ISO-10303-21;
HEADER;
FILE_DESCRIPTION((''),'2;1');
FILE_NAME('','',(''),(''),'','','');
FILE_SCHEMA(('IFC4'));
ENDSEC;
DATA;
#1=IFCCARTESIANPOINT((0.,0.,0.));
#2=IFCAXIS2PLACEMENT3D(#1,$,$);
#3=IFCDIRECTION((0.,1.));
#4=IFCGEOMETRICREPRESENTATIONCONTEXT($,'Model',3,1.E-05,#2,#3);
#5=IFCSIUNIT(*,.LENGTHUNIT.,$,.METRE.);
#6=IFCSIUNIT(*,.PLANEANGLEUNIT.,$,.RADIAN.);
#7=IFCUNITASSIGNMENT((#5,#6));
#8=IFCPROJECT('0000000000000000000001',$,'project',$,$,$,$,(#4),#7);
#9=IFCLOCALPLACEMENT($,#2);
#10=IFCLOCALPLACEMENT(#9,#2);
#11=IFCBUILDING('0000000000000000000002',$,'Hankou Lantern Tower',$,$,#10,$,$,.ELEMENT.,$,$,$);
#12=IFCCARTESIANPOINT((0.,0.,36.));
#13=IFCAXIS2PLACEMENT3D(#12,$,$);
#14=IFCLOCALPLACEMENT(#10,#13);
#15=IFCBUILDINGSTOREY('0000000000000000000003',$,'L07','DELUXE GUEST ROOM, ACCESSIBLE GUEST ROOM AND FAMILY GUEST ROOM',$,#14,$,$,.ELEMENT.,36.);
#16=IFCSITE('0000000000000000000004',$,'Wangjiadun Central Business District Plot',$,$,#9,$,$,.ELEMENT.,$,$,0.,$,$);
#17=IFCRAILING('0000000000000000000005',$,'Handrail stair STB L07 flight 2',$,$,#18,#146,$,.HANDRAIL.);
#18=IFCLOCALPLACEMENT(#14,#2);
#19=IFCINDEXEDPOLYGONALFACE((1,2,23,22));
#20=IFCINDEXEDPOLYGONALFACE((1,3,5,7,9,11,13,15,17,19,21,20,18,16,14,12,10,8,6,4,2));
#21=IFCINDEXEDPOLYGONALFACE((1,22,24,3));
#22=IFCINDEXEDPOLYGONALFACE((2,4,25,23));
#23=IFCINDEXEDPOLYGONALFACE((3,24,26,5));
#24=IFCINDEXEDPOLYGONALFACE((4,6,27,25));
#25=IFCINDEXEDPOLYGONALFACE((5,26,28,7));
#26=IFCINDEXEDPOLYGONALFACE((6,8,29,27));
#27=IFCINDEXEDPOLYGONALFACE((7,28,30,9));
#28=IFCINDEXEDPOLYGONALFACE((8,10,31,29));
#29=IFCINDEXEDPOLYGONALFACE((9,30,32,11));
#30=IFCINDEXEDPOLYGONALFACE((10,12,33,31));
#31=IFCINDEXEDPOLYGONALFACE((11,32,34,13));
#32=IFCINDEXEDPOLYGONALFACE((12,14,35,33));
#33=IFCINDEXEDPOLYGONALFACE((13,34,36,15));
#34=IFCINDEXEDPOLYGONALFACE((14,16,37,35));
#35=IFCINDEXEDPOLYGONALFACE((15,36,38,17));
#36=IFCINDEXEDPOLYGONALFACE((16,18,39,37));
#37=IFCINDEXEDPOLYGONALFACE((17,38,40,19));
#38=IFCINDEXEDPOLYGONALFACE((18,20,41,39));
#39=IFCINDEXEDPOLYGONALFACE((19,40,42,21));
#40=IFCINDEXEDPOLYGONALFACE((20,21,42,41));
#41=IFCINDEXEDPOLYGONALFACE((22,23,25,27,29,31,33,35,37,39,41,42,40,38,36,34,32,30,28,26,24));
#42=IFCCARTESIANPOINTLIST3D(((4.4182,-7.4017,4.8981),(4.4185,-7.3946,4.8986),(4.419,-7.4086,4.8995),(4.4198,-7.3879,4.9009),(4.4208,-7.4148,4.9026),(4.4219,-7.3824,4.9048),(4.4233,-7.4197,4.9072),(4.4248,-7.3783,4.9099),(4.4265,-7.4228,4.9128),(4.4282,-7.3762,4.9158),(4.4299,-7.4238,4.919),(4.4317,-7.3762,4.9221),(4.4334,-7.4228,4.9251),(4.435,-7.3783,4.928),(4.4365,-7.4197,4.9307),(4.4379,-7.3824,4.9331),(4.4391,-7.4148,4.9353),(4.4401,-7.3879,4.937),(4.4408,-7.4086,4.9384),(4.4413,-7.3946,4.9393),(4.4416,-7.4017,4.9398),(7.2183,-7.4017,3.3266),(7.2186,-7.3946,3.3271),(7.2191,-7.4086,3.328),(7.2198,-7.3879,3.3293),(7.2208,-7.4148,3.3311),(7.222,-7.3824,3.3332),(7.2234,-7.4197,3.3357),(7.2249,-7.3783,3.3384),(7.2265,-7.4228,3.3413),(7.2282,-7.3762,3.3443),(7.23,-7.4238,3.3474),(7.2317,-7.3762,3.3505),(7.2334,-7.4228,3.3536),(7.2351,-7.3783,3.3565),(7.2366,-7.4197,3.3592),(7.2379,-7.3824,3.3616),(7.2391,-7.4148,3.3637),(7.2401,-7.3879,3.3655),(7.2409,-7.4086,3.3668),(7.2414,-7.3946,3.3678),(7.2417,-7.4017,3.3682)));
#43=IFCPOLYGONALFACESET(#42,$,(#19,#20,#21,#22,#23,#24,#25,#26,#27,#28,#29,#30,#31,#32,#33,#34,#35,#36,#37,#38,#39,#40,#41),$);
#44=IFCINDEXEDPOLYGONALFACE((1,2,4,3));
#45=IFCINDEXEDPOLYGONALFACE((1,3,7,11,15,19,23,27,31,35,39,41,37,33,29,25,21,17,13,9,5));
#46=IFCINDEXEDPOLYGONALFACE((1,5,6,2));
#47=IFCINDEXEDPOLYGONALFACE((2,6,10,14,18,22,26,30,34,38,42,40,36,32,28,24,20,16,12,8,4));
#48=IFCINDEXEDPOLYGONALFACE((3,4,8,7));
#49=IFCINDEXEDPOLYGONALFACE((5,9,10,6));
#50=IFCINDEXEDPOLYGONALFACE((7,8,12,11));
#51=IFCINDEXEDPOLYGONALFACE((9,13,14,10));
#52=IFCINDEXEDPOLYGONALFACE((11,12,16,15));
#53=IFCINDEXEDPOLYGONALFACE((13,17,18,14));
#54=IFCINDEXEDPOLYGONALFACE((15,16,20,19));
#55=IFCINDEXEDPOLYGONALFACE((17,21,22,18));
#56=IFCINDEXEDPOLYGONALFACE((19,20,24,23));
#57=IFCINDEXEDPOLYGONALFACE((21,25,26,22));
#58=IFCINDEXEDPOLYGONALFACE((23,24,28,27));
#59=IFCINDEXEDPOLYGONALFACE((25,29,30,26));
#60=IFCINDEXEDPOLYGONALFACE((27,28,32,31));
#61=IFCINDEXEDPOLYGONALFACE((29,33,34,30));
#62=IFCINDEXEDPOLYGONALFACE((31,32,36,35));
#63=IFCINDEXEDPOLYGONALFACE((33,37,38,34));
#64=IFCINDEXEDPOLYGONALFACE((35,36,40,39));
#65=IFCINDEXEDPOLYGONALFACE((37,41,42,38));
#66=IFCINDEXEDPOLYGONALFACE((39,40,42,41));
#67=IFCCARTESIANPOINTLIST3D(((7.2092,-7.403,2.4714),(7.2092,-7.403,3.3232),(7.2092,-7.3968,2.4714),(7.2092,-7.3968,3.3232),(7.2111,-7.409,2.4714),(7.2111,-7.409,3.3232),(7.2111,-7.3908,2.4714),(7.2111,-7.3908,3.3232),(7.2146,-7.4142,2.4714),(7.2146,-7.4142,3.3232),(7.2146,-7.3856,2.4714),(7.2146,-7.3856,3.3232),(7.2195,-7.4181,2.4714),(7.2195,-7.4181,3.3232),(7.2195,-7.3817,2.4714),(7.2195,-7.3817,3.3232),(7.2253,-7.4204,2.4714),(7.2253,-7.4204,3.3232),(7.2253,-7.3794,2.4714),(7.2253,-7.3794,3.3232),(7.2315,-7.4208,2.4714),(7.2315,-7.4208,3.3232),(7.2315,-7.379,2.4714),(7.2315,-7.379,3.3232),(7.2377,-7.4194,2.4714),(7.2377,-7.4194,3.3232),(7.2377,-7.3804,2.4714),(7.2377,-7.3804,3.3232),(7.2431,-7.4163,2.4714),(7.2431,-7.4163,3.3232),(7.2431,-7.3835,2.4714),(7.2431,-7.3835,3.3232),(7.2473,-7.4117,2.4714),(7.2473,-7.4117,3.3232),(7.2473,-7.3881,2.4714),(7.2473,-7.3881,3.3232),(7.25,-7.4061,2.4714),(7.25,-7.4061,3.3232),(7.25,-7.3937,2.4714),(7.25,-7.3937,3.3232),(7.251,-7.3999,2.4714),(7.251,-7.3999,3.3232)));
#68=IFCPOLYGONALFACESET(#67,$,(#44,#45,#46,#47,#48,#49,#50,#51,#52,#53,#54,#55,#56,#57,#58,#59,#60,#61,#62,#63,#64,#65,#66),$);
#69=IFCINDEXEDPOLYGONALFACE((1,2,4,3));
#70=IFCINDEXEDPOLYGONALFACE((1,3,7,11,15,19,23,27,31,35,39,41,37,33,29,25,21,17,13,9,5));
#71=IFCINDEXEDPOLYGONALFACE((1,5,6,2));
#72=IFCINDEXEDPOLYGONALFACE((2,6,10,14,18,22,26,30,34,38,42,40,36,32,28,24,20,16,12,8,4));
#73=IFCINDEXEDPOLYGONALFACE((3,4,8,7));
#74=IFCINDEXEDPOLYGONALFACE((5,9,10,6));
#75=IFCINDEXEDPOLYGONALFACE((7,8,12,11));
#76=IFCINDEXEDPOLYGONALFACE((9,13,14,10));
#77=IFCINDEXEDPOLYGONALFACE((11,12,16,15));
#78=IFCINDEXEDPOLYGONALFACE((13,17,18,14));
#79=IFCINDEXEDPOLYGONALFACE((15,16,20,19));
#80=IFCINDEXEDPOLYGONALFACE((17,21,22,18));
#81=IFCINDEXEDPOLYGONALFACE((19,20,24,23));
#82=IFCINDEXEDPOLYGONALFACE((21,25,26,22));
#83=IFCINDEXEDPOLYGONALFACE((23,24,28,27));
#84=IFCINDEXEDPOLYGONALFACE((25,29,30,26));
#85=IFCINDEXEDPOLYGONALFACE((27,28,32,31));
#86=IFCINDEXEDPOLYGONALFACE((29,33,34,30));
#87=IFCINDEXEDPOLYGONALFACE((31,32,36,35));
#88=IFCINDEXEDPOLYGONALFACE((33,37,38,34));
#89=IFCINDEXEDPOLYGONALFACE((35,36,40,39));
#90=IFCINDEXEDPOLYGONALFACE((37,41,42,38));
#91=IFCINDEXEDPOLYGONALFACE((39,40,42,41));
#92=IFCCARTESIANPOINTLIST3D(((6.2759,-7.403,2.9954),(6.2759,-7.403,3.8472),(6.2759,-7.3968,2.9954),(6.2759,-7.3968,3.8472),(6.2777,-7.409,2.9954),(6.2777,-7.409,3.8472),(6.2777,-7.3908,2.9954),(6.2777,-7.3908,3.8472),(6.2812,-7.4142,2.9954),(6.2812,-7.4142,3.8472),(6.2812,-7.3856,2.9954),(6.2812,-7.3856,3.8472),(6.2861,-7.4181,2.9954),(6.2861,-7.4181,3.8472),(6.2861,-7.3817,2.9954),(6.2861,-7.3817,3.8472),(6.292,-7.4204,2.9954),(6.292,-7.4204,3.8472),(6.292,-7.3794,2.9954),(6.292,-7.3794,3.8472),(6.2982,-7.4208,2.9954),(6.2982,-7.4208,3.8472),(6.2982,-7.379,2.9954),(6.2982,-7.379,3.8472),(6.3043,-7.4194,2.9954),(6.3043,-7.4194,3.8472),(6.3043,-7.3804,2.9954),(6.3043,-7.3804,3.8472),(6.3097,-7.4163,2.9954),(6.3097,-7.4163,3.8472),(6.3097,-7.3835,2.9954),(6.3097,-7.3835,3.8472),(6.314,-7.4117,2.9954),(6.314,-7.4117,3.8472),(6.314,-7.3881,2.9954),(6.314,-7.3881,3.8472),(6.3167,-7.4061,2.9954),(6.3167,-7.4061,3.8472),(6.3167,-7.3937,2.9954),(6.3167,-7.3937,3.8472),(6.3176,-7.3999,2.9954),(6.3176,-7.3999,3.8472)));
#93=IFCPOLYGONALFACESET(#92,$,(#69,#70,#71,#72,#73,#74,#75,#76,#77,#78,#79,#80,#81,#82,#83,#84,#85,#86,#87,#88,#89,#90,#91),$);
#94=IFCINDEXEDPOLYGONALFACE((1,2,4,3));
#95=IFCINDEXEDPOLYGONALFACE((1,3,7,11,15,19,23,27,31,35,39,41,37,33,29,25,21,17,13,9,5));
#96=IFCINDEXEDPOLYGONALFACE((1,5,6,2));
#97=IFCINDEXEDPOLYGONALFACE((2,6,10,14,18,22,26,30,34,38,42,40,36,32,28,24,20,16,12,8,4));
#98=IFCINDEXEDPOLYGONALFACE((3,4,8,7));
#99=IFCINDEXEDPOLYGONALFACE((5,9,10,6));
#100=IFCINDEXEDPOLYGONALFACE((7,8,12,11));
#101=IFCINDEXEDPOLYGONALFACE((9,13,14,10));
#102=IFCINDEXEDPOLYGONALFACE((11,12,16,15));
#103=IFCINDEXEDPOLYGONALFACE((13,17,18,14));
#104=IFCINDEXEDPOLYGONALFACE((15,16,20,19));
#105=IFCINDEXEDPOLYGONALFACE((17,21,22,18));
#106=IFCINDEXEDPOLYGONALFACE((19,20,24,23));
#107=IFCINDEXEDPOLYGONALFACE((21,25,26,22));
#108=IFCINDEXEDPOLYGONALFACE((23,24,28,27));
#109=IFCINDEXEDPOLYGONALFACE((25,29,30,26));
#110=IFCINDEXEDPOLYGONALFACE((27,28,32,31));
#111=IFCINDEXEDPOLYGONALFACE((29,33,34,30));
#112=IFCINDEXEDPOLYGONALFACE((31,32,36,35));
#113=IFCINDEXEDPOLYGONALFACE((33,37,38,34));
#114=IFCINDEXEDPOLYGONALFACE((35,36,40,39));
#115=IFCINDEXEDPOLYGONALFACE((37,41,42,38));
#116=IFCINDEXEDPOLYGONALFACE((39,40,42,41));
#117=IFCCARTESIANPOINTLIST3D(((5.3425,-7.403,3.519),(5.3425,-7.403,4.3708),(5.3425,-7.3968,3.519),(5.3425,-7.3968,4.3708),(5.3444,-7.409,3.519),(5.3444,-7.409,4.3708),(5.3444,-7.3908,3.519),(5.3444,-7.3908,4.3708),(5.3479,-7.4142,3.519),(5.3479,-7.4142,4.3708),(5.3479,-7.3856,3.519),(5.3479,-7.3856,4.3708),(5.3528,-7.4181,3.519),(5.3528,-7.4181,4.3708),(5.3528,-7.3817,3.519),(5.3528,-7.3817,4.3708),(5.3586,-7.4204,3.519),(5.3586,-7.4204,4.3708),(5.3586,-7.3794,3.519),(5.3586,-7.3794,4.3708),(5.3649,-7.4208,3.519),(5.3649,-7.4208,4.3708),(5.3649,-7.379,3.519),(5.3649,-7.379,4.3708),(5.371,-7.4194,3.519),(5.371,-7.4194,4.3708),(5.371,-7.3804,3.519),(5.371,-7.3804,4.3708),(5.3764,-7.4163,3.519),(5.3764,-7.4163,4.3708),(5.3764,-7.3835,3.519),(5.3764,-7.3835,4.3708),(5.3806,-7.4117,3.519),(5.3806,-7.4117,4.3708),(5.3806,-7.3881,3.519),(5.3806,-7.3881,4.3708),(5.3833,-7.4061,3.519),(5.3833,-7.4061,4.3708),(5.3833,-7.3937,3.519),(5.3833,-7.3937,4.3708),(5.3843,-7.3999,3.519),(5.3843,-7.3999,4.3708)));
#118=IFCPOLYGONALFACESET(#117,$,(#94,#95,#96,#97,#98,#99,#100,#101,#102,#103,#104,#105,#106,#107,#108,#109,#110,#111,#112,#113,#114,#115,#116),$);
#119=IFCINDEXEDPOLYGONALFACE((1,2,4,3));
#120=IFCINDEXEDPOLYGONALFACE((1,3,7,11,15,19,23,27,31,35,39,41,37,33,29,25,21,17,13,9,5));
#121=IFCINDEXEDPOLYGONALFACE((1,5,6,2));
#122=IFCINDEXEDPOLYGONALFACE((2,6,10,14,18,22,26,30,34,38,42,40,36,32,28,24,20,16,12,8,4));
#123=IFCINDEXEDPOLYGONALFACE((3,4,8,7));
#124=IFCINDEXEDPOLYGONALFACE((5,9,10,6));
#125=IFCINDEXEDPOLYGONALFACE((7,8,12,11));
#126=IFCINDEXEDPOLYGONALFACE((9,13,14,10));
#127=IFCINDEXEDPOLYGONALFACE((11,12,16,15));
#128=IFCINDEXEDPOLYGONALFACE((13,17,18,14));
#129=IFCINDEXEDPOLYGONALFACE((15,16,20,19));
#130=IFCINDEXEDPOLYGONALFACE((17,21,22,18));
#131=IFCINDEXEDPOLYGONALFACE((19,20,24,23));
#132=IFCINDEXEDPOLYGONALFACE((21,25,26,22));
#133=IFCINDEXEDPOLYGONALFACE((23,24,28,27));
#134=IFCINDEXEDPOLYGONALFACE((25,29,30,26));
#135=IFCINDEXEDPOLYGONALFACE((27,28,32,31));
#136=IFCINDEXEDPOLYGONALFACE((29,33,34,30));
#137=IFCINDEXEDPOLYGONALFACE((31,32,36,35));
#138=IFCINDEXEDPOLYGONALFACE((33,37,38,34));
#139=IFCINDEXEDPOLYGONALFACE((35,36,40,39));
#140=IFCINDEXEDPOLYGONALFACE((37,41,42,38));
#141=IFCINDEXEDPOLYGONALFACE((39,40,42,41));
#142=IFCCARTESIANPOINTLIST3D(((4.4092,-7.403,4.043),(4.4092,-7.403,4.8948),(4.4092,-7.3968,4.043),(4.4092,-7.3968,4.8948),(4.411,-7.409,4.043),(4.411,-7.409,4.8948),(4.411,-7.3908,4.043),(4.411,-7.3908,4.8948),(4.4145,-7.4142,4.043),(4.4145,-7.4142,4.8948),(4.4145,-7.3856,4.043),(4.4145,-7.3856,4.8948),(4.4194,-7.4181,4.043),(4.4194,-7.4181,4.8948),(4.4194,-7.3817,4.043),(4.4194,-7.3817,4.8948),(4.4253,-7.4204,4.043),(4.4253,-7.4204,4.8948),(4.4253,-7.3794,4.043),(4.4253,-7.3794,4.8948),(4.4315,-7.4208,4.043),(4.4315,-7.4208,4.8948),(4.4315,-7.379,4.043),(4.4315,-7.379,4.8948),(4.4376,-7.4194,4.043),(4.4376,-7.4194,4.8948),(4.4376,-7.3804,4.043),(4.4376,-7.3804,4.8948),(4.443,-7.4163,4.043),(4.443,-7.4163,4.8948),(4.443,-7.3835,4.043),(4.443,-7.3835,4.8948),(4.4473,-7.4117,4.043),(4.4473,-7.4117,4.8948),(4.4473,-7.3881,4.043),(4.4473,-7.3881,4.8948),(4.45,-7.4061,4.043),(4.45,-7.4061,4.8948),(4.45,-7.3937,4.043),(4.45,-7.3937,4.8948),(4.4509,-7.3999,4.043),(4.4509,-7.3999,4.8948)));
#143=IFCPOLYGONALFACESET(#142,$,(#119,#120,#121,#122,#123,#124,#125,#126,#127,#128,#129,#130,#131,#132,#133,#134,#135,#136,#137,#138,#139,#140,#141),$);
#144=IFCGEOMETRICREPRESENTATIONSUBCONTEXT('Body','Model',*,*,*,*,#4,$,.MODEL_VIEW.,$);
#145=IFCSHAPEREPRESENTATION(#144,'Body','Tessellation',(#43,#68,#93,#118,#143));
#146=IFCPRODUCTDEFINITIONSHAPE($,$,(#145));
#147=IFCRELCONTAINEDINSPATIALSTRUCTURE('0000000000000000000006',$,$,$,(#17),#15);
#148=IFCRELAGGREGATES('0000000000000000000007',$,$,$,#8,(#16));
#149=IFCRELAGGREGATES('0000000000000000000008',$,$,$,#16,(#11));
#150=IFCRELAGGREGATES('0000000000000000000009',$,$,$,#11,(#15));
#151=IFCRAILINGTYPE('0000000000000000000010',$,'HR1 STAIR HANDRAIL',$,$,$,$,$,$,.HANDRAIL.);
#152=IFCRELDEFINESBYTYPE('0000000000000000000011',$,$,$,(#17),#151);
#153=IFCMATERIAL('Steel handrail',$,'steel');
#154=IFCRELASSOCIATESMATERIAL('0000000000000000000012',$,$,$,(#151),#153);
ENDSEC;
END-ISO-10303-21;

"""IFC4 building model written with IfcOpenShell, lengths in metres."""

from ifc_helpers import new_model, si_unit, direction, frame, origin, origin_2d, place, context, subcontext, project, spatial, circle, extrude, material, type_object, element, save


model = new_model("IFC4")

# Units and contexts
model_context = context("Model", 3, precision=1e-05, world=origin(), true_north=direction((0.0, 1.0)))
body_context = subcontext(model_context, "Body", "Model", "MODEL_VIEW")
ifc_project = project(units=[si_unit("LENGTHUNIT", "METRE"), si_unit("PLANEANGLEUNIT", "RADIAN")], contexts=[model_context])

# Site, building, storey
site_placement = place(None, origin())
site = spatial("IfcSite", under=ifc_project, at=site_placement, Name="Wangjiadun Central Business District Plot", CompositionType="ELEMENT", RefElevation=0.0)
building_placement = place(site_placement, origin())
building = spatial("IfcBuilding", under=site, at=building_placement, Name="Hankou Lantern Tower", CompositionType="ELEMENT")
storey_placement = place(building_placement, frame((0.0, 0.0, 36.0)))
storey = spatial("IfcBuildingStorey", under=building, at=storey_placement, Name="L07", Description="DELUXE GUEST ROOM, ACCESSIBLE GUEST ROOM AND FAMILY GUEST ROOM", CompositionType="ELEMENT", Elevation=36.0)

# Railing
ifc_material_1 = material(Name="Steel handrail", Category="steel")
railing_type = type_object("IfcRailingType", Name="HR1 STAIR HANDRAIL", PredefinedType="HANDRAIL", material=ifc_material_1)
railing_1_placement = place(storey_placement, frame((7.23, -7.3999, 2.4714)))
element("IfcRailing", 1, at=railing_1_placement, inside=storey, type_object=railing_type, Name="Handrail stair STB L07 flight 2", PredefinedType="HANDRAIL", context=body_context, shape_type="SweptSolid", body=[
    extrude(circle(Radius=0.0239, at=origin_2d()), frame((0.0, 0.0, 0.876), z_axis=(-0.87204, 0.0, 0.489434), x_axis=(0.0, -1.0, 0.0)), (0.0, 0.0, 1.0), 3.2109),
    extrude(circle(Radius=0.021, at=origin_2d()), origin(), (0.0, 0.0, 1.0), 0.8518),
    extrude(circle(Radius=0.021, at=origin_2d()), frame((-0.9333, 0.0, 0.5239)), (0.0, 0.0, 1.0), 0.8518),
    extrude(circle(Radius=0.021, at=origin_2d()), frame((-1.8667, 0.0, 1.0476)), (0.0, 0.0, 1.0), 0.8518),
    extrude(circle(Radius=0.021, at=origin_2d()), frame((-2.8, 0.0, 1.5715)), (0.0, 0.0, 1.0), 0.8518),
])

save(model, "model.ifc")
